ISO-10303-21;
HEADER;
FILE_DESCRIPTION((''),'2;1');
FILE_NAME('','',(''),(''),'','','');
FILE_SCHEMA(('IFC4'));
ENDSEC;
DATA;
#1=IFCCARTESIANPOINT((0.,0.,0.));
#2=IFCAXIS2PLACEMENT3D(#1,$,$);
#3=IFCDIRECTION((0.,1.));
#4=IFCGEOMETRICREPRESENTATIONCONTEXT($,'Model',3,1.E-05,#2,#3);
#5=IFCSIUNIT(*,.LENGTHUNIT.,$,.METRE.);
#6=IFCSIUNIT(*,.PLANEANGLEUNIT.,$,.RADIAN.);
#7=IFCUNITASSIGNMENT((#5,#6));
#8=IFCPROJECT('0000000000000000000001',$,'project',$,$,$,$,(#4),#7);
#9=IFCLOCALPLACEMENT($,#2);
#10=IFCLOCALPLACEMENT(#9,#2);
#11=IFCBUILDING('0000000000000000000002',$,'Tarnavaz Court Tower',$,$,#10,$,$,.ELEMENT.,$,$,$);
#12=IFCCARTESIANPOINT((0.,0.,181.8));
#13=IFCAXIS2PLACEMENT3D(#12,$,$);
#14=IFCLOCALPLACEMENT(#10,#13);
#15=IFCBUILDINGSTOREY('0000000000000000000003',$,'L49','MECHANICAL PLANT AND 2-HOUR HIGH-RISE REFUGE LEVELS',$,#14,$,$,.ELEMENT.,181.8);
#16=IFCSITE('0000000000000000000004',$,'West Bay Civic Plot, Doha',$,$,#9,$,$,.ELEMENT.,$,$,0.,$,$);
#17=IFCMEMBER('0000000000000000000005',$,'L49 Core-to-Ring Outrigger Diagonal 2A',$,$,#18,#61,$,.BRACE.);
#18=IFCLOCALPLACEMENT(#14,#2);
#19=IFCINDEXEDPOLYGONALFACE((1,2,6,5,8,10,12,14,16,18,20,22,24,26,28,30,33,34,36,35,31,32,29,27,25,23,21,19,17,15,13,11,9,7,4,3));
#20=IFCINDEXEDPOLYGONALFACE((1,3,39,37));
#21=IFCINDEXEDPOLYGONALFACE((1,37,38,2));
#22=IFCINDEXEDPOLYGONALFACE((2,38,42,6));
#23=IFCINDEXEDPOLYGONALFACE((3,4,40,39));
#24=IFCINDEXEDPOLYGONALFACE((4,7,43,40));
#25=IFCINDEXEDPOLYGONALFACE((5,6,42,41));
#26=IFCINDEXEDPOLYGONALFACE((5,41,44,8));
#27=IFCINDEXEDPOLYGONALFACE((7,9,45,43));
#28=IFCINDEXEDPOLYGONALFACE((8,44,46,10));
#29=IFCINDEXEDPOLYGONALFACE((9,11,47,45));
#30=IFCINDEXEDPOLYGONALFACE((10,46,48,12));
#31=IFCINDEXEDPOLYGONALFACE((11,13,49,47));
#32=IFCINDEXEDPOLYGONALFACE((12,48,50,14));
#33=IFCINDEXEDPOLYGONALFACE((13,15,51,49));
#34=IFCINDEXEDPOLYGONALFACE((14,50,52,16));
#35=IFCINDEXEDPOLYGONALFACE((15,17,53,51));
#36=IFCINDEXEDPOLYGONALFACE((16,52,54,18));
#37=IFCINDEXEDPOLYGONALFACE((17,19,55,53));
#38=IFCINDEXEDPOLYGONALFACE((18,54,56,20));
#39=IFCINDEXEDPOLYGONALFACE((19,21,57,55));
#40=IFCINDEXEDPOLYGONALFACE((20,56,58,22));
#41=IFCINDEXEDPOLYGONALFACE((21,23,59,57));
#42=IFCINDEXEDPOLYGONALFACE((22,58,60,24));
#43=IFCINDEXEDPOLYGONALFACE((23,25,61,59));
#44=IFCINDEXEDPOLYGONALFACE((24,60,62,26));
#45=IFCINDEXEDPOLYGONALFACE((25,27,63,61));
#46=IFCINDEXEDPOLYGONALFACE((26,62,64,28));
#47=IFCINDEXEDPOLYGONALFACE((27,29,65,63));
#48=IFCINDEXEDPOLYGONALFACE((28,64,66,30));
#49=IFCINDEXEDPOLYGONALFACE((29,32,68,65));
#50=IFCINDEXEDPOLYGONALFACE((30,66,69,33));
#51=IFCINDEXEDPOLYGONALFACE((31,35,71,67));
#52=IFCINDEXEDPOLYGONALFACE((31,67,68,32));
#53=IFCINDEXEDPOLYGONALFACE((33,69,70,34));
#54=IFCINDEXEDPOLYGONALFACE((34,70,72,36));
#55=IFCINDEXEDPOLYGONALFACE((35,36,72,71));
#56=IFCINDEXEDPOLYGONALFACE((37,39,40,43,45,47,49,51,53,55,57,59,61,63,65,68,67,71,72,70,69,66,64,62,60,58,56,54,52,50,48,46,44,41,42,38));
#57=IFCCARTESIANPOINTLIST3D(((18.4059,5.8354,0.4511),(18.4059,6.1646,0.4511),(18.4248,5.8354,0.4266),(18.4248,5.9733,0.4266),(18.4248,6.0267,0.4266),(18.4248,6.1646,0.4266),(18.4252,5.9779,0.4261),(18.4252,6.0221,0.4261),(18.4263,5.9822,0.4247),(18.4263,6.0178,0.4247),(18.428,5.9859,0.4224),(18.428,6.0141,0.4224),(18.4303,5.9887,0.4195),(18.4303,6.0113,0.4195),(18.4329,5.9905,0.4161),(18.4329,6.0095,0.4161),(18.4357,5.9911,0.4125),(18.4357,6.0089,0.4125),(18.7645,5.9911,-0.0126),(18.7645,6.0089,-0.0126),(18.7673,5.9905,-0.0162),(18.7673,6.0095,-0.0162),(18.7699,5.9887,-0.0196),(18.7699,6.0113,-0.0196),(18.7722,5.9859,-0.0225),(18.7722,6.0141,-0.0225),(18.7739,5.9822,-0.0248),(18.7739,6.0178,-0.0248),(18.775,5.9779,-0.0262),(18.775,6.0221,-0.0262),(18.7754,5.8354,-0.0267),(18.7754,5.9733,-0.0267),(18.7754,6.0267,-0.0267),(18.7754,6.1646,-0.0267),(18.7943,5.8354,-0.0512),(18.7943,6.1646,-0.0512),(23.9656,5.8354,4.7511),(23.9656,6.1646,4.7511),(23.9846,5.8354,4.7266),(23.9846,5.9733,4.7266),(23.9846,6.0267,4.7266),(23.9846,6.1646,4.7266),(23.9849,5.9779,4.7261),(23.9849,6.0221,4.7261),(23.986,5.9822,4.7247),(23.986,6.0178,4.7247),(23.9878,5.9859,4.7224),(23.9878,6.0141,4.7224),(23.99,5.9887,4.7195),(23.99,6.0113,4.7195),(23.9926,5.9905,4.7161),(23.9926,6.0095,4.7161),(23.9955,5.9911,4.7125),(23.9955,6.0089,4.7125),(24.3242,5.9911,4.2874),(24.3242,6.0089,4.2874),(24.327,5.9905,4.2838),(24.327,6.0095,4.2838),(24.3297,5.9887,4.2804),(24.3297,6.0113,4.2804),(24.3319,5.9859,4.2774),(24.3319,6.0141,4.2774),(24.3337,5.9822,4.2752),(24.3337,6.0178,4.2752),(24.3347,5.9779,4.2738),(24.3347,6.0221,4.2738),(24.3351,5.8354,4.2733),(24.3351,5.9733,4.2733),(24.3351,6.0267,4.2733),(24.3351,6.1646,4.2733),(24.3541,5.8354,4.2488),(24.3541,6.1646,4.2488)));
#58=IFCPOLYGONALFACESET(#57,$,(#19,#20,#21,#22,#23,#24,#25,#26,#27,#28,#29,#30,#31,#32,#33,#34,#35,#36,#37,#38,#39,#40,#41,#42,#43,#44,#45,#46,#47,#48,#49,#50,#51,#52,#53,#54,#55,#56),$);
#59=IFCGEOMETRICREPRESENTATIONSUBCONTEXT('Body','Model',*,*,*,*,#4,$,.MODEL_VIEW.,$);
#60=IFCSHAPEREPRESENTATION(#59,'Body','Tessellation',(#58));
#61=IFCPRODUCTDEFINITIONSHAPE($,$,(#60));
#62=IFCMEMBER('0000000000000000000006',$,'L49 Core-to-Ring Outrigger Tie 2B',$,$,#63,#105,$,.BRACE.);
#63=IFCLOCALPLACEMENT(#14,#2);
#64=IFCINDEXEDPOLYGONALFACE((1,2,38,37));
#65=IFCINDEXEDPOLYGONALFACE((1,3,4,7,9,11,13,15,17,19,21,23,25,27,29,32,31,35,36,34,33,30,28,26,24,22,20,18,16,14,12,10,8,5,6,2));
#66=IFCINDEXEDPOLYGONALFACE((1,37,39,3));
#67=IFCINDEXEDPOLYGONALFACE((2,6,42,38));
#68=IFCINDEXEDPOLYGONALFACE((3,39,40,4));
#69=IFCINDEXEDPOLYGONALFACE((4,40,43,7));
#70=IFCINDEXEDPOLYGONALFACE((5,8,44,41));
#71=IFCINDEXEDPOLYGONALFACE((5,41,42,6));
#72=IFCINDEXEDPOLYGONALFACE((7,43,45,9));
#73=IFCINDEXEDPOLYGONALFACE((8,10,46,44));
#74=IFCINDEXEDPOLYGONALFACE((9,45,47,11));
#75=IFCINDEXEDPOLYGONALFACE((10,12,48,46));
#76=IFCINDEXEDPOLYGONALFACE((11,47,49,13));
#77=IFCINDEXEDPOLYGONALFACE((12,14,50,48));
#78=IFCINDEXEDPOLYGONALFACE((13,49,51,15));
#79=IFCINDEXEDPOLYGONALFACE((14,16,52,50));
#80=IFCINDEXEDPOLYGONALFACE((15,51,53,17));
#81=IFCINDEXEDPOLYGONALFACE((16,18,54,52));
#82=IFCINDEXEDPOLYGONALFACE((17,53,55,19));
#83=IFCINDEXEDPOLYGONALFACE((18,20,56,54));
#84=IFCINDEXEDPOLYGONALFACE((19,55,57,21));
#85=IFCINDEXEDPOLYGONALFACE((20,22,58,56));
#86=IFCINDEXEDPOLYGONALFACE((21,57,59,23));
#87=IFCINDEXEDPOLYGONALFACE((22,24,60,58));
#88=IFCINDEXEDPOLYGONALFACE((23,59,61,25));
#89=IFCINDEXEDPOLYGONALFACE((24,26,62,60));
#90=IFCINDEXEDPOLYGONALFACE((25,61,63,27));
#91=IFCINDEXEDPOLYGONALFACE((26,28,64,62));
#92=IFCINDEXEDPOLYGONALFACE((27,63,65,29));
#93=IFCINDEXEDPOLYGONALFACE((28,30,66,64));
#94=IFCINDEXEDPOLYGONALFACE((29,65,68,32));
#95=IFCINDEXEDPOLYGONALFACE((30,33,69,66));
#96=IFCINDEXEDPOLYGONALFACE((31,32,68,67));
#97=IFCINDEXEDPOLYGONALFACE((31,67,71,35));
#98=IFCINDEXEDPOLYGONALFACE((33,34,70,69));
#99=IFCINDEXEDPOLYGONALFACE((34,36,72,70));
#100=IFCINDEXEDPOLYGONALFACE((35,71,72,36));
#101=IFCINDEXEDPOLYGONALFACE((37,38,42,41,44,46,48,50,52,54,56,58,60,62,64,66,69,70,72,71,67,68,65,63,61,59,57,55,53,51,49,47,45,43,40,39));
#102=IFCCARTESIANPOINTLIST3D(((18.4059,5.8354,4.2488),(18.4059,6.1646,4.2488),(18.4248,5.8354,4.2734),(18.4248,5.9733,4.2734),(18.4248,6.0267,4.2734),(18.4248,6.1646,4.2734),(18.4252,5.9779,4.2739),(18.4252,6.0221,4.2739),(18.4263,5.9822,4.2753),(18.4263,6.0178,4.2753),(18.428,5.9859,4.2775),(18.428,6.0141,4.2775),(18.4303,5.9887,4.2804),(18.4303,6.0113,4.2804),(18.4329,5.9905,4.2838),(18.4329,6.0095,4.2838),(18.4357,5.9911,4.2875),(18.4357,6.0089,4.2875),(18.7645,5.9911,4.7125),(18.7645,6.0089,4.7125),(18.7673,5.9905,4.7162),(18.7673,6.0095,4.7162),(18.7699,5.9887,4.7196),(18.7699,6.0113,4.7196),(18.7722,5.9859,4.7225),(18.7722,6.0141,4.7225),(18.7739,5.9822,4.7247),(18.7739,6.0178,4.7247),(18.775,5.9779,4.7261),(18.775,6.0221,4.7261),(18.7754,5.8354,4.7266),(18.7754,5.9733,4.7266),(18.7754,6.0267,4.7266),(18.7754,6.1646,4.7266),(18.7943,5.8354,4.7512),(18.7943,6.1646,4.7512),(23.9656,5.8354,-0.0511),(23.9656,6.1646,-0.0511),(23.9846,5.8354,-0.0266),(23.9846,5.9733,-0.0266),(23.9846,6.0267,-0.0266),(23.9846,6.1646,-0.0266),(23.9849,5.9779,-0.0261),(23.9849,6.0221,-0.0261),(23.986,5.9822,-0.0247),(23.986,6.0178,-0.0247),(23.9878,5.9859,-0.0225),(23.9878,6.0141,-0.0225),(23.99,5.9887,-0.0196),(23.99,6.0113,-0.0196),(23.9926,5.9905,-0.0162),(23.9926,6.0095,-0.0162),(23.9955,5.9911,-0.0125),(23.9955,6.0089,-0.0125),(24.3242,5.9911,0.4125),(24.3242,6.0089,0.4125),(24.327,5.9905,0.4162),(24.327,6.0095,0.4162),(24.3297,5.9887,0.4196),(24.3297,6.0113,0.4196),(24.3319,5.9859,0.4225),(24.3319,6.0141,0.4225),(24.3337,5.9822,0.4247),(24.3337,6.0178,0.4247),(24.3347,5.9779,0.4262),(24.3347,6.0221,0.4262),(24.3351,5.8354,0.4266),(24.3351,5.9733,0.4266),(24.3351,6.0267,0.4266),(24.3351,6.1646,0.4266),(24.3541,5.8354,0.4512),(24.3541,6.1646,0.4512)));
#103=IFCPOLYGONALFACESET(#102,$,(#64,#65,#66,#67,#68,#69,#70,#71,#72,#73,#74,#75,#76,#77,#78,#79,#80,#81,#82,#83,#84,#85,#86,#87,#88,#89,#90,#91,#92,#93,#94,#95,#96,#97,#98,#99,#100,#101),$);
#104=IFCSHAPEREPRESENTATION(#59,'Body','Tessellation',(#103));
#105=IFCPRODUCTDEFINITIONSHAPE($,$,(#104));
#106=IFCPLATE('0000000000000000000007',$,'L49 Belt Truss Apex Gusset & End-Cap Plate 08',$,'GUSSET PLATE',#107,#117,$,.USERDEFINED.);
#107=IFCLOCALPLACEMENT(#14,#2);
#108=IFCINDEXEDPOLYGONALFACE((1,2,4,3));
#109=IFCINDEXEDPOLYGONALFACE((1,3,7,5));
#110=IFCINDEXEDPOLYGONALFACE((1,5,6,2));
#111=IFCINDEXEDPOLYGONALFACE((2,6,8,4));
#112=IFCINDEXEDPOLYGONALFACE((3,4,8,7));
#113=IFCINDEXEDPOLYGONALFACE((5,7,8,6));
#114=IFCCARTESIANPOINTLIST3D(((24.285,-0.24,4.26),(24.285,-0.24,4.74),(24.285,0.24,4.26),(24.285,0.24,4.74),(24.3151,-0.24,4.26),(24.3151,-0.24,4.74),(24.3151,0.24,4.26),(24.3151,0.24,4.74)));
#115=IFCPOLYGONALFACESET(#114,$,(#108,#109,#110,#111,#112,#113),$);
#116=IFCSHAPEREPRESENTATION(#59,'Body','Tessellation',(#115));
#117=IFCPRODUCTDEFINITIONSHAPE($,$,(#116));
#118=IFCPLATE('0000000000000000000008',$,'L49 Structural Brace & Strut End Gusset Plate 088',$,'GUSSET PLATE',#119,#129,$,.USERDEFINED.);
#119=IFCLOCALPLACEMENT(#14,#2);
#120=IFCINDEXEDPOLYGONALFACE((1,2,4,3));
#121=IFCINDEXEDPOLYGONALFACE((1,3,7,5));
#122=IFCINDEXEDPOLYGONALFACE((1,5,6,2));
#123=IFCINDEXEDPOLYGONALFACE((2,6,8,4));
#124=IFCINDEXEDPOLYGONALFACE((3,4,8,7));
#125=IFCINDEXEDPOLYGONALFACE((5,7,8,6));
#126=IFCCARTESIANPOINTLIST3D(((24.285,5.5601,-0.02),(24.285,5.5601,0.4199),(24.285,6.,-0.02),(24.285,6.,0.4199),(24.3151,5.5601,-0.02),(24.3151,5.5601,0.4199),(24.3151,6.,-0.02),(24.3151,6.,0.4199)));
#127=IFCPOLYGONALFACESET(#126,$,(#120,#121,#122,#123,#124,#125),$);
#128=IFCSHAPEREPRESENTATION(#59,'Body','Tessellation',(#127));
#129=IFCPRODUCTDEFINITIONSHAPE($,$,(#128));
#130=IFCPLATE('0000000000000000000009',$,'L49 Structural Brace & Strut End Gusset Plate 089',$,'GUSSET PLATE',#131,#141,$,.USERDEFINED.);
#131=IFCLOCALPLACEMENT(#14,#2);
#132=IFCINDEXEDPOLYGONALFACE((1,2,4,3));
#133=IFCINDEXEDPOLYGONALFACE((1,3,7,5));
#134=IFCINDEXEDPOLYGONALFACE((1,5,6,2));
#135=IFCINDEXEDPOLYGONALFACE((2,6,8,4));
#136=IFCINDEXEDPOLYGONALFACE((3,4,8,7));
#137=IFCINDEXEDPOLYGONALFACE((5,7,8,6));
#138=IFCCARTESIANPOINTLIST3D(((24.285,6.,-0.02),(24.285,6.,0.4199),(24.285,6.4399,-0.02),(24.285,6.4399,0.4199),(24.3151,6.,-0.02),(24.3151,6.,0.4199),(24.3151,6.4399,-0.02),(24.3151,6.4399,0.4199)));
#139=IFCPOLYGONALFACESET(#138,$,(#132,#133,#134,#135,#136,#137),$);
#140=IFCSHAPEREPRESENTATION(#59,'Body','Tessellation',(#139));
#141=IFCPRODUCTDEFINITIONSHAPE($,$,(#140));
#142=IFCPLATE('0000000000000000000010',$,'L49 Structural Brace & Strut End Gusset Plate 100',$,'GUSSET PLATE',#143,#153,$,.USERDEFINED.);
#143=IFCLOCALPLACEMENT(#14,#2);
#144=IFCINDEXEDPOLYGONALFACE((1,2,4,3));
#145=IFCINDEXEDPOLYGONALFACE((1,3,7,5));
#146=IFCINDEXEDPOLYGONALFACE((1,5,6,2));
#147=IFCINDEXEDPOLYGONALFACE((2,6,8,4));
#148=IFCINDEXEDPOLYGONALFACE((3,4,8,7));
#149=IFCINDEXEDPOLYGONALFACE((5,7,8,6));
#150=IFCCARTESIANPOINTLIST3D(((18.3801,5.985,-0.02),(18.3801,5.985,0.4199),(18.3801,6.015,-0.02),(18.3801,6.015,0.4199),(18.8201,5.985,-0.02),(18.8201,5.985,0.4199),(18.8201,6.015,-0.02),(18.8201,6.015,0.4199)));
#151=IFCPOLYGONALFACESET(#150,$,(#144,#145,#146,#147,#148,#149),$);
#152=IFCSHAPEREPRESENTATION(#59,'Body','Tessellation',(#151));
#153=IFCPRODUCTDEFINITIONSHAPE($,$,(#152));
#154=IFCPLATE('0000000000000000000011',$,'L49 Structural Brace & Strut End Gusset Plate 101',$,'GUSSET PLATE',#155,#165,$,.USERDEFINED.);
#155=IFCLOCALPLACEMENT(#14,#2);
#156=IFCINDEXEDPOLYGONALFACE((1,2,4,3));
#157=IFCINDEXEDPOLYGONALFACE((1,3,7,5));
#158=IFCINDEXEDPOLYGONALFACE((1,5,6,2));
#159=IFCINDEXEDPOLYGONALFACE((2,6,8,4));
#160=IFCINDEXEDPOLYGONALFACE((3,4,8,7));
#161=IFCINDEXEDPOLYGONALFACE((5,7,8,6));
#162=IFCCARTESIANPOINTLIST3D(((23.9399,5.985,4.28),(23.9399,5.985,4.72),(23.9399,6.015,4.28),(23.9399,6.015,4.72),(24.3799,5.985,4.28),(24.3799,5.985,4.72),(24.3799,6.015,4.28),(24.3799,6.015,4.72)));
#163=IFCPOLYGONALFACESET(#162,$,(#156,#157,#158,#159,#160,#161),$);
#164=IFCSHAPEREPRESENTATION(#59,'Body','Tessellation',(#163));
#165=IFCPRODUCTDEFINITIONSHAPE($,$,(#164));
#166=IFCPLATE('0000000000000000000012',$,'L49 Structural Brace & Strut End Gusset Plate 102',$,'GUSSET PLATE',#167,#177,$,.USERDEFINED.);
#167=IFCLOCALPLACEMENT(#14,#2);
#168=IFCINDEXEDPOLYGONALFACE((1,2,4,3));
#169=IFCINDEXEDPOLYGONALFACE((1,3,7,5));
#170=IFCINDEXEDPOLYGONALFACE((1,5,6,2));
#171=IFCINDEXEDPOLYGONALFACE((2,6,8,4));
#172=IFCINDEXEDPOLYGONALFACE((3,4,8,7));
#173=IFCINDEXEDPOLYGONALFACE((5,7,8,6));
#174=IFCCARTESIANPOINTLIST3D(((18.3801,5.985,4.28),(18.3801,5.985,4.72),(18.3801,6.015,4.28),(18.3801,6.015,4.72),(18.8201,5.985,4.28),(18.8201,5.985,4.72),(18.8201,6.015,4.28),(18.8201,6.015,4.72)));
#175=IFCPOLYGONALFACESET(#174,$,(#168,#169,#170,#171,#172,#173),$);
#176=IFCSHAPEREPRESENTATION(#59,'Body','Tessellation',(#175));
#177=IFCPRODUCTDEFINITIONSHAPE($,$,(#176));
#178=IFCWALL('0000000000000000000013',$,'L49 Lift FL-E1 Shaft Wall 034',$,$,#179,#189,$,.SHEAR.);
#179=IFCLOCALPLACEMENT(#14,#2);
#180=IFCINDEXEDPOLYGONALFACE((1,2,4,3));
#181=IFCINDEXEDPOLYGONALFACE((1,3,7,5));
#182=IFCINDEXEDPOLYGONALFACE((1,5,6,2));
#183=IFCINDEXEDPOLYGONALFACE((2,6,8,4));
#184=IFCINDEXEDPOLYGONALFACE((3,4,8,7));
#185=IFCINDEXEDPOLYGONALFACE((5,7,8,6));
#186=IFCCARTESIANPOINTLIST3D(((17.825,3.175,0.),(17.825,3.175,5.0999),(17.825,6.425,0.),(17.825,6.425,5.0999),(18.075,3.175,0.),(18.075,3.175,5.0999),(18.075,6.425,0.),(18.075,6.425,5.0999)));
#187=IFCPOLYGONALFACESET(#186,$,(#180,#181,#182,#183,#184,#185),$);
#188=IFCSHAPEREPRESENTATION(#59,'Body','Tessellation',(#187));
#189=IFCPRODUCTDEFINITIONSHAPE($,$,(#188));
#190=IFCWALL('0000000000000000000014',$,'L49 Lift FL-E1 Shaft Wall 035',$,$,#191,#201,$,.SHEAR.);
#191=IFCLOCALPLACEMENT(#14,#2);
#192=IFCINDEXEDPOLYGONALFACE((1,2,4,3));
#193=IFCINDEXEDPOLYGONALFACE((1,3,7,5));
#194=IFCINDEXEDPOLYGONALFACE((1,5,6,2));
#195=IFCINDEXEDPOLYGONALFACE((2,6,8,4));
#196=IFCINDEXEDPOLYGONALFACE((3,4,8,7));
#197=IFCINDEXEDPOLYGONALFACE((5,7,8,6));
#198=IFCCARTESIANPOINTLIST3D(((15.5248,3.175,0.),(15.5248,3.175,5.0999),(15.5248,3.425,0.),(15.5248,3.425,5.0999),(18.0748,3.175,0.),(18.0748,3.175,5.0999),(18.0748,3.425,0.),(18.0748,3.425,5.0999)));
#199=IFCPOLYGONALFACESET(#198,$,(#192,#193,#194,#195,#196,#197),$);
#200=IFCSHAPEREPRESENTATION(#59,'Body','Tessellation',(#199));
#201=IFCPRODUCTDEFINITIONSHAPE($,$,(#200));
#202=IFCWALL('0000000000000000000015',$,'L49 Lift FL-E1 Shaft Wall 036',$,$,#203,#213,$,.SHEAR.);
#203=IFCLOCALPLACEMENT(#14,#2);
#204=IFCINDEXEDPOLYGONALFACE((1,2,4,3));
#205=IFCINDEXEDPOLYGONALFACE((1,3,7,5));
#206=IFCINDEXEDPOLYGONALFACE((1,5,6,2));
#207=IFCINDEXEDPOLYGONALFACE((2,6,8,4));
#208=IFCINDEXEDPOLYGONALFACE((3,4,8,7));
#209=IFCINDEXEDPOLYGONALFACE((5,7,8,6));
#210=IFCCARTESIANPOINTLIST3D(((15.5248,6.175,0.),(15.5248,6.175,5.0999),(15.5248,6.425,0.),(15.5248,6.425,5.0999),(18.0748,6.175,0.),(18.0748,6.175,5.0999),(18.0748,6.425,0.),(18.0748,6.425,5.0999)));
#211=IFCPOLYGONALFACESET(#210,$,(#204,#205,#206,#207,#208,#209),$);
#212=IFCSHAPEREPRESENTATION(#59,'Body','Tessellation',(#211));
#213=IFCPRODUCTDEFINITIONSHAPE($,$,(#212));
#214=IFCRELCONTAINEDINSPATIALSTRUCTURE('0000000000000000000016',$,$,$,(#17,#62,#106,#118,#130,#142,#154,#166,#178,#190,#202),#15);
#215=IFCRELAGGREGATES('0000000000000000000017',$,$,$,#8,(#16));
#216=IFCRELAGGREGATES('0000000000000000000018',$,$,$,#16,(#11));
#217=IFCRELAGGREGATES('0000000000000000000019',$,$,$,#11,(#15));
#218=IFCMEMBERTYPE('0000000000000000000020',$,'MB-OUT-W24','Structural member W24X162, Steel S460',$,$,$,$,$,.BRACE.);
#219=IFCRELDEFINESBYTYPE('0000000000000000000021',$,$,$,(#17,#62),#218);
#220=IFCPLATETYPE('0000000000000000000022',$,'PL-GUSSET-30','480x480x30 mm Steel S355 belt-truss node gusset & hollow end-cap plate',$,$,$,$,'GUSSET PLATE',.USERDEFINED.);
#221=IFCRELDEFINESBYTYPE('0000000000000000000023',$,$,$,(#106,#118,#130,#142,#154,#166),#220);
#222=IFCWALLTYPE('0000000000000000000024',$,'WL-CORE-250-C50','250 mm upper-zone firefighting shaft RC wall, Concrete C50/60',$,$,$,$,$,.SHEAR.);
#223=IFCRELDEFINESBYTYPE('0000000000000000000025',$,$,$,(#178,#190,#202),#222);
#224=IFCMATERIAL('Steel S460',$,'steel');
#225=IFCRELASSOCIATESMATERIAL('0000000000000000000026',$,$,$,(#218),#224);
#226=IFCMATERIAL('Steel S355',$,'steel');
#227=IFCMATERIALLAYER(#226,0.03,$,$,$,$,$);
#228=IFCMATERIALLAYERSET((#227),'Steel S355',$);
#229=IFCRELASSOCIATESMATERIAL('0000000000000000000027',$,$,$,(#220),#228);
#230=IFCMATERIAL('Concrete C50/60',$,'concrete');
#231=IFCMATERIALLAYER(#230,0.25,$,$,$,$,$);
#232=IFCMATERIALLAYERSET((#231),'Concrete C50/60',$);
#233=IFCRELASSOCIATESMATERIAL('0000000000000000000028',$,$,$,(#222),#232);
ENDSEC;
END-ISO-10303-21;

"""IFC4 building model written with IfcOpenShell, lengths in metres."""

from ifc_helpers import new_model, si_unit, direction, frame, frame_2d, origin, origin_2d, place, context, subcontext, project, spatial, rectangle, i_section, extrude, material, layer, layer_set, material_profile, profile_set, type_object, element, save


model = new_model("IFC4")

# Units and contexts
model_context = context("Model", 3, precision=1e-05, world=origin(), true_north=direction((0.0, 1.0)))
body_context = subcontext(model_context, "Body", "Model", "MODEL_VIEW")
ifc_project = project(units=[si_unit("LENGTHUNIT", "METRE"), si_unit("PLANEANGLEUNIT", "RADIAN")], contexts=[model_context])

# Site, building, storey
site_placement = place(None, origin())
site = spatial("IfcSite", under=ifc_project, at=site_placement, Name="West Bay Civic Plot, Doha", CompositionType="ELEMENT", RefElevation=0.0)
building_placement = place(site_placement, origin())
building = spatial("IfcBuilding", under=site, at=building_placement, Name="Tarnavaz Court Tower", CompositionType="ELEMENT")
storey_placement = place(building_placement, frame((0.0, 0.0, 181.8)))
storey = spatial("IfcBuildingStorey", under=building, at=storey_placement, Name="L49", Description="MECHANICAL PLANT AND 2-HOUR HIGH-RISE REFUGE LEVELS", CompositionType="ELEMENT", Elevation=181.8)

# Shared definitions
ifc_material_1 = material(Name="Steel S460", Category="steel")

# Shared definitions
ifc_material_2 = material(Name="Concrete C50/60", Category="concrete")

# Members
ifc_material_profile_1 = material_profile(ifc_material_1, i_section(OverallWidth=0.3291, OverallDepth=0.635, WebThickness=0.0178, FlangeThickness=0.031, FilletRadius=0.0178, at=origin_2d()), Name="W24X162")
ifc_profile_set_1 = profile_set([ifc_material_profile_1], Name="Steel S460")
member_type_1 = type_object("IfcMemberType", Name="MB-OUT-W24", Description="Structural member W24X162, Steel S460", PredefinedType="BRACE", material=ifc_profile_set_1)
for number, where, z_axis, x_axis, name in (
    (1, (18.6001, 6.0, 0.2), (0.791021, 0.0, 0.611789), (0.0, 1.0, 0.0), "L49 Core-to-Ring Outrigger Diagonal 2A"),
    (2, (18.6001, 6.0, 4.5), (0.791021, 0.0, -0.611789), (0.0, 1.0, 0.0), "L49 Core-to-Ring Outrigger Tie 2B"),
):
    element("IfcMember", number, at=place(storey_placement, frame(where, z_axis=z_axis, x_axis=x_axis)), inside=storey, type_object=member_type_1, Name=name, PredefinedType="BRACE", context=body_context, shape_type="SweptSolid", body=[
        extrude(i_section(OverallWidth=0.3291, OverallDepth=0.635, WebThickness=0.0178, FlangeThickness=0.031, FilletRadius=0.0178, at=origin_2d()), origin(), (0.0, 0.0, 1.0), 7.0286),
    ])

# Plates
ifc_material_3 = material(Name="Steel S355", Category="steel")
ifc_layer_1 = layer(ifc_material_3, 0.03)
ifc_layer_set_1 = layer_set([ifc_layer_1], Name="Steel S355")
plate_type = type_object("IfcPlateType", Name="PL-GUSSET-30", Description="480x480x30 mm Steel S355 belt-truss node gusset & hollow end-cap plate", ElementType="GUSSET PLATE", PredefinedType="USERDEFINED", material=ifc_layer_set_1)
plate_placement = place(storey_placement, frame((24.3, 0.0, 4.26), z_axis=(0.0, 0.0, 1.0), x_axis=(0.0, 1.0, 0.0)))
element("IfcPlate", 3, at=plate_placement, inside=storey, type_object=plate_type, Name="L49 Belt Truss Apex Gusset & End-Cap Plate 08", ObjectType="GUSSET PLATE", PredefinedType="USERDEFINED", context=body_context, shape_type="SweptSolid", body=[
    extrude(rectangle(XDim=0.48, YDim=0.03, at=origin_2d()), origin(), (0.0, 0.0, 1.0), 0.48),
])
for number, where, z_axis, x_axis, name in (
    (4, (24.3, 5.78, -0.02), (0.0, 0.0, 1.0), (0.0, 1.0, 0.0), "L49 Structural Brace & Strut End Gusset Plate 088"),
    (5, (24.3, 6.22, -0.02), (0.0, 0.0, 1.0), (0.0, 1.0, 0.0), "L49 Structural Brace & Strut End Gusset Plate 089"),
    (6, (18.6001, 6.0, -0.02), (0.0, 0.0, 1.0), (1.0, 0.0, 0.0), "L49 Structural Brace & Strut End Gusset Plate 100"),
    (7, (24.1599, 6.0, 4.28), (0.0, 0.0, 1.0), (1.0, 0.0, 0.0), "L49 Structural Brace & Strut End Gusset Plate 101"),
    (8, (18.6001, 6.0, 4.28), (0.0, 0.0, 1.0), (1.0, 0.0, 0.0), "L49 Structural Brace & Strut End Gusset Plate 102"),
):
    element("IfcPlate", number, at=place(storey_placement, frame(where, z_axis=z_axis, x_axis=x_axis)), inside=storey, type_object=plate_type, Name=name, ObjectType="GUSSET PLATE", PredefinedType="USERDEFINED", context=body_context, shape_type="SweptSolid", body=[
        extrude(rectangle(XDim=0.4399, YDim=0.03, at=origin_2d()), origin(), (0.0, 0.0, 1.0), 0.4399),
    ])

# Shared definitions
ifc_layer_2 = layer(ifc_material_2, 0.25)
ifc_layer_set_2 = layer_set([ifc_layer_2], Name="Concrete C50/60")
wall_type_1 = type_object("IfcWallType", Name="WL-CORE-250-C50", Description="250 mm upper-zone firefighting shaft RC wall, Concrete C50/60", PredefinedType="SHEAR", material=ifc_layer_set_2)

# Walls
wall_1_placement = place(storey_placement, frame((17.95, 3.175, 0.0), z_axis=(0.0, 0.0, 1.0), x_axis=(0.0, 1.0, 0.0)))
element("IfcWall", 9, at=wall_1_placement, inside=storey, type_object=wall_type_1, Name="L49 Lift FL-E1 Shaft Wall 034", PredefinedType="SHEAR", context=body_context, shape_type="SweptSolid", body=[
    extrude(rectangle(XDim=3.25, YDim=0.25, at=frame_2d((1.625, 0.0))), origin(), (0.0, 0.0, 1.0), 5.0999),
])
for number, where, z_axis, x_axis, name in (
    (10, (15.5249, 3.3, 0.0), (0.0, 0.0, 1.0), (1.0, 0.0, 0.0), "L49 Lift FL-E1 Shaft Wall 035"),
    (11, (15.5249, 6.3, 0.0), (0.0, 0.0, 1.0), (1.0, 0.0, 0.0), "L49 Lift FL-E1 Shaft Wall 036"),
):
    element("IfcWall", number, at=place(storey_placement, frame(where, z_axis=z_axis, x_axis=x_axis)), inside=storey, type_object=wall_type_1, Name=name, PredefinedType="SHEAR", context=body_context, shape_type="SweptSolid", body=[
        extrude(rectangle(XDim=2.55, YDim=0.25, at=frame_2d((1.2749, 0.0))), origin(), (0.0, 0.0, 1.0), 5.0999),
    ])

save(model, "model.ifc")
